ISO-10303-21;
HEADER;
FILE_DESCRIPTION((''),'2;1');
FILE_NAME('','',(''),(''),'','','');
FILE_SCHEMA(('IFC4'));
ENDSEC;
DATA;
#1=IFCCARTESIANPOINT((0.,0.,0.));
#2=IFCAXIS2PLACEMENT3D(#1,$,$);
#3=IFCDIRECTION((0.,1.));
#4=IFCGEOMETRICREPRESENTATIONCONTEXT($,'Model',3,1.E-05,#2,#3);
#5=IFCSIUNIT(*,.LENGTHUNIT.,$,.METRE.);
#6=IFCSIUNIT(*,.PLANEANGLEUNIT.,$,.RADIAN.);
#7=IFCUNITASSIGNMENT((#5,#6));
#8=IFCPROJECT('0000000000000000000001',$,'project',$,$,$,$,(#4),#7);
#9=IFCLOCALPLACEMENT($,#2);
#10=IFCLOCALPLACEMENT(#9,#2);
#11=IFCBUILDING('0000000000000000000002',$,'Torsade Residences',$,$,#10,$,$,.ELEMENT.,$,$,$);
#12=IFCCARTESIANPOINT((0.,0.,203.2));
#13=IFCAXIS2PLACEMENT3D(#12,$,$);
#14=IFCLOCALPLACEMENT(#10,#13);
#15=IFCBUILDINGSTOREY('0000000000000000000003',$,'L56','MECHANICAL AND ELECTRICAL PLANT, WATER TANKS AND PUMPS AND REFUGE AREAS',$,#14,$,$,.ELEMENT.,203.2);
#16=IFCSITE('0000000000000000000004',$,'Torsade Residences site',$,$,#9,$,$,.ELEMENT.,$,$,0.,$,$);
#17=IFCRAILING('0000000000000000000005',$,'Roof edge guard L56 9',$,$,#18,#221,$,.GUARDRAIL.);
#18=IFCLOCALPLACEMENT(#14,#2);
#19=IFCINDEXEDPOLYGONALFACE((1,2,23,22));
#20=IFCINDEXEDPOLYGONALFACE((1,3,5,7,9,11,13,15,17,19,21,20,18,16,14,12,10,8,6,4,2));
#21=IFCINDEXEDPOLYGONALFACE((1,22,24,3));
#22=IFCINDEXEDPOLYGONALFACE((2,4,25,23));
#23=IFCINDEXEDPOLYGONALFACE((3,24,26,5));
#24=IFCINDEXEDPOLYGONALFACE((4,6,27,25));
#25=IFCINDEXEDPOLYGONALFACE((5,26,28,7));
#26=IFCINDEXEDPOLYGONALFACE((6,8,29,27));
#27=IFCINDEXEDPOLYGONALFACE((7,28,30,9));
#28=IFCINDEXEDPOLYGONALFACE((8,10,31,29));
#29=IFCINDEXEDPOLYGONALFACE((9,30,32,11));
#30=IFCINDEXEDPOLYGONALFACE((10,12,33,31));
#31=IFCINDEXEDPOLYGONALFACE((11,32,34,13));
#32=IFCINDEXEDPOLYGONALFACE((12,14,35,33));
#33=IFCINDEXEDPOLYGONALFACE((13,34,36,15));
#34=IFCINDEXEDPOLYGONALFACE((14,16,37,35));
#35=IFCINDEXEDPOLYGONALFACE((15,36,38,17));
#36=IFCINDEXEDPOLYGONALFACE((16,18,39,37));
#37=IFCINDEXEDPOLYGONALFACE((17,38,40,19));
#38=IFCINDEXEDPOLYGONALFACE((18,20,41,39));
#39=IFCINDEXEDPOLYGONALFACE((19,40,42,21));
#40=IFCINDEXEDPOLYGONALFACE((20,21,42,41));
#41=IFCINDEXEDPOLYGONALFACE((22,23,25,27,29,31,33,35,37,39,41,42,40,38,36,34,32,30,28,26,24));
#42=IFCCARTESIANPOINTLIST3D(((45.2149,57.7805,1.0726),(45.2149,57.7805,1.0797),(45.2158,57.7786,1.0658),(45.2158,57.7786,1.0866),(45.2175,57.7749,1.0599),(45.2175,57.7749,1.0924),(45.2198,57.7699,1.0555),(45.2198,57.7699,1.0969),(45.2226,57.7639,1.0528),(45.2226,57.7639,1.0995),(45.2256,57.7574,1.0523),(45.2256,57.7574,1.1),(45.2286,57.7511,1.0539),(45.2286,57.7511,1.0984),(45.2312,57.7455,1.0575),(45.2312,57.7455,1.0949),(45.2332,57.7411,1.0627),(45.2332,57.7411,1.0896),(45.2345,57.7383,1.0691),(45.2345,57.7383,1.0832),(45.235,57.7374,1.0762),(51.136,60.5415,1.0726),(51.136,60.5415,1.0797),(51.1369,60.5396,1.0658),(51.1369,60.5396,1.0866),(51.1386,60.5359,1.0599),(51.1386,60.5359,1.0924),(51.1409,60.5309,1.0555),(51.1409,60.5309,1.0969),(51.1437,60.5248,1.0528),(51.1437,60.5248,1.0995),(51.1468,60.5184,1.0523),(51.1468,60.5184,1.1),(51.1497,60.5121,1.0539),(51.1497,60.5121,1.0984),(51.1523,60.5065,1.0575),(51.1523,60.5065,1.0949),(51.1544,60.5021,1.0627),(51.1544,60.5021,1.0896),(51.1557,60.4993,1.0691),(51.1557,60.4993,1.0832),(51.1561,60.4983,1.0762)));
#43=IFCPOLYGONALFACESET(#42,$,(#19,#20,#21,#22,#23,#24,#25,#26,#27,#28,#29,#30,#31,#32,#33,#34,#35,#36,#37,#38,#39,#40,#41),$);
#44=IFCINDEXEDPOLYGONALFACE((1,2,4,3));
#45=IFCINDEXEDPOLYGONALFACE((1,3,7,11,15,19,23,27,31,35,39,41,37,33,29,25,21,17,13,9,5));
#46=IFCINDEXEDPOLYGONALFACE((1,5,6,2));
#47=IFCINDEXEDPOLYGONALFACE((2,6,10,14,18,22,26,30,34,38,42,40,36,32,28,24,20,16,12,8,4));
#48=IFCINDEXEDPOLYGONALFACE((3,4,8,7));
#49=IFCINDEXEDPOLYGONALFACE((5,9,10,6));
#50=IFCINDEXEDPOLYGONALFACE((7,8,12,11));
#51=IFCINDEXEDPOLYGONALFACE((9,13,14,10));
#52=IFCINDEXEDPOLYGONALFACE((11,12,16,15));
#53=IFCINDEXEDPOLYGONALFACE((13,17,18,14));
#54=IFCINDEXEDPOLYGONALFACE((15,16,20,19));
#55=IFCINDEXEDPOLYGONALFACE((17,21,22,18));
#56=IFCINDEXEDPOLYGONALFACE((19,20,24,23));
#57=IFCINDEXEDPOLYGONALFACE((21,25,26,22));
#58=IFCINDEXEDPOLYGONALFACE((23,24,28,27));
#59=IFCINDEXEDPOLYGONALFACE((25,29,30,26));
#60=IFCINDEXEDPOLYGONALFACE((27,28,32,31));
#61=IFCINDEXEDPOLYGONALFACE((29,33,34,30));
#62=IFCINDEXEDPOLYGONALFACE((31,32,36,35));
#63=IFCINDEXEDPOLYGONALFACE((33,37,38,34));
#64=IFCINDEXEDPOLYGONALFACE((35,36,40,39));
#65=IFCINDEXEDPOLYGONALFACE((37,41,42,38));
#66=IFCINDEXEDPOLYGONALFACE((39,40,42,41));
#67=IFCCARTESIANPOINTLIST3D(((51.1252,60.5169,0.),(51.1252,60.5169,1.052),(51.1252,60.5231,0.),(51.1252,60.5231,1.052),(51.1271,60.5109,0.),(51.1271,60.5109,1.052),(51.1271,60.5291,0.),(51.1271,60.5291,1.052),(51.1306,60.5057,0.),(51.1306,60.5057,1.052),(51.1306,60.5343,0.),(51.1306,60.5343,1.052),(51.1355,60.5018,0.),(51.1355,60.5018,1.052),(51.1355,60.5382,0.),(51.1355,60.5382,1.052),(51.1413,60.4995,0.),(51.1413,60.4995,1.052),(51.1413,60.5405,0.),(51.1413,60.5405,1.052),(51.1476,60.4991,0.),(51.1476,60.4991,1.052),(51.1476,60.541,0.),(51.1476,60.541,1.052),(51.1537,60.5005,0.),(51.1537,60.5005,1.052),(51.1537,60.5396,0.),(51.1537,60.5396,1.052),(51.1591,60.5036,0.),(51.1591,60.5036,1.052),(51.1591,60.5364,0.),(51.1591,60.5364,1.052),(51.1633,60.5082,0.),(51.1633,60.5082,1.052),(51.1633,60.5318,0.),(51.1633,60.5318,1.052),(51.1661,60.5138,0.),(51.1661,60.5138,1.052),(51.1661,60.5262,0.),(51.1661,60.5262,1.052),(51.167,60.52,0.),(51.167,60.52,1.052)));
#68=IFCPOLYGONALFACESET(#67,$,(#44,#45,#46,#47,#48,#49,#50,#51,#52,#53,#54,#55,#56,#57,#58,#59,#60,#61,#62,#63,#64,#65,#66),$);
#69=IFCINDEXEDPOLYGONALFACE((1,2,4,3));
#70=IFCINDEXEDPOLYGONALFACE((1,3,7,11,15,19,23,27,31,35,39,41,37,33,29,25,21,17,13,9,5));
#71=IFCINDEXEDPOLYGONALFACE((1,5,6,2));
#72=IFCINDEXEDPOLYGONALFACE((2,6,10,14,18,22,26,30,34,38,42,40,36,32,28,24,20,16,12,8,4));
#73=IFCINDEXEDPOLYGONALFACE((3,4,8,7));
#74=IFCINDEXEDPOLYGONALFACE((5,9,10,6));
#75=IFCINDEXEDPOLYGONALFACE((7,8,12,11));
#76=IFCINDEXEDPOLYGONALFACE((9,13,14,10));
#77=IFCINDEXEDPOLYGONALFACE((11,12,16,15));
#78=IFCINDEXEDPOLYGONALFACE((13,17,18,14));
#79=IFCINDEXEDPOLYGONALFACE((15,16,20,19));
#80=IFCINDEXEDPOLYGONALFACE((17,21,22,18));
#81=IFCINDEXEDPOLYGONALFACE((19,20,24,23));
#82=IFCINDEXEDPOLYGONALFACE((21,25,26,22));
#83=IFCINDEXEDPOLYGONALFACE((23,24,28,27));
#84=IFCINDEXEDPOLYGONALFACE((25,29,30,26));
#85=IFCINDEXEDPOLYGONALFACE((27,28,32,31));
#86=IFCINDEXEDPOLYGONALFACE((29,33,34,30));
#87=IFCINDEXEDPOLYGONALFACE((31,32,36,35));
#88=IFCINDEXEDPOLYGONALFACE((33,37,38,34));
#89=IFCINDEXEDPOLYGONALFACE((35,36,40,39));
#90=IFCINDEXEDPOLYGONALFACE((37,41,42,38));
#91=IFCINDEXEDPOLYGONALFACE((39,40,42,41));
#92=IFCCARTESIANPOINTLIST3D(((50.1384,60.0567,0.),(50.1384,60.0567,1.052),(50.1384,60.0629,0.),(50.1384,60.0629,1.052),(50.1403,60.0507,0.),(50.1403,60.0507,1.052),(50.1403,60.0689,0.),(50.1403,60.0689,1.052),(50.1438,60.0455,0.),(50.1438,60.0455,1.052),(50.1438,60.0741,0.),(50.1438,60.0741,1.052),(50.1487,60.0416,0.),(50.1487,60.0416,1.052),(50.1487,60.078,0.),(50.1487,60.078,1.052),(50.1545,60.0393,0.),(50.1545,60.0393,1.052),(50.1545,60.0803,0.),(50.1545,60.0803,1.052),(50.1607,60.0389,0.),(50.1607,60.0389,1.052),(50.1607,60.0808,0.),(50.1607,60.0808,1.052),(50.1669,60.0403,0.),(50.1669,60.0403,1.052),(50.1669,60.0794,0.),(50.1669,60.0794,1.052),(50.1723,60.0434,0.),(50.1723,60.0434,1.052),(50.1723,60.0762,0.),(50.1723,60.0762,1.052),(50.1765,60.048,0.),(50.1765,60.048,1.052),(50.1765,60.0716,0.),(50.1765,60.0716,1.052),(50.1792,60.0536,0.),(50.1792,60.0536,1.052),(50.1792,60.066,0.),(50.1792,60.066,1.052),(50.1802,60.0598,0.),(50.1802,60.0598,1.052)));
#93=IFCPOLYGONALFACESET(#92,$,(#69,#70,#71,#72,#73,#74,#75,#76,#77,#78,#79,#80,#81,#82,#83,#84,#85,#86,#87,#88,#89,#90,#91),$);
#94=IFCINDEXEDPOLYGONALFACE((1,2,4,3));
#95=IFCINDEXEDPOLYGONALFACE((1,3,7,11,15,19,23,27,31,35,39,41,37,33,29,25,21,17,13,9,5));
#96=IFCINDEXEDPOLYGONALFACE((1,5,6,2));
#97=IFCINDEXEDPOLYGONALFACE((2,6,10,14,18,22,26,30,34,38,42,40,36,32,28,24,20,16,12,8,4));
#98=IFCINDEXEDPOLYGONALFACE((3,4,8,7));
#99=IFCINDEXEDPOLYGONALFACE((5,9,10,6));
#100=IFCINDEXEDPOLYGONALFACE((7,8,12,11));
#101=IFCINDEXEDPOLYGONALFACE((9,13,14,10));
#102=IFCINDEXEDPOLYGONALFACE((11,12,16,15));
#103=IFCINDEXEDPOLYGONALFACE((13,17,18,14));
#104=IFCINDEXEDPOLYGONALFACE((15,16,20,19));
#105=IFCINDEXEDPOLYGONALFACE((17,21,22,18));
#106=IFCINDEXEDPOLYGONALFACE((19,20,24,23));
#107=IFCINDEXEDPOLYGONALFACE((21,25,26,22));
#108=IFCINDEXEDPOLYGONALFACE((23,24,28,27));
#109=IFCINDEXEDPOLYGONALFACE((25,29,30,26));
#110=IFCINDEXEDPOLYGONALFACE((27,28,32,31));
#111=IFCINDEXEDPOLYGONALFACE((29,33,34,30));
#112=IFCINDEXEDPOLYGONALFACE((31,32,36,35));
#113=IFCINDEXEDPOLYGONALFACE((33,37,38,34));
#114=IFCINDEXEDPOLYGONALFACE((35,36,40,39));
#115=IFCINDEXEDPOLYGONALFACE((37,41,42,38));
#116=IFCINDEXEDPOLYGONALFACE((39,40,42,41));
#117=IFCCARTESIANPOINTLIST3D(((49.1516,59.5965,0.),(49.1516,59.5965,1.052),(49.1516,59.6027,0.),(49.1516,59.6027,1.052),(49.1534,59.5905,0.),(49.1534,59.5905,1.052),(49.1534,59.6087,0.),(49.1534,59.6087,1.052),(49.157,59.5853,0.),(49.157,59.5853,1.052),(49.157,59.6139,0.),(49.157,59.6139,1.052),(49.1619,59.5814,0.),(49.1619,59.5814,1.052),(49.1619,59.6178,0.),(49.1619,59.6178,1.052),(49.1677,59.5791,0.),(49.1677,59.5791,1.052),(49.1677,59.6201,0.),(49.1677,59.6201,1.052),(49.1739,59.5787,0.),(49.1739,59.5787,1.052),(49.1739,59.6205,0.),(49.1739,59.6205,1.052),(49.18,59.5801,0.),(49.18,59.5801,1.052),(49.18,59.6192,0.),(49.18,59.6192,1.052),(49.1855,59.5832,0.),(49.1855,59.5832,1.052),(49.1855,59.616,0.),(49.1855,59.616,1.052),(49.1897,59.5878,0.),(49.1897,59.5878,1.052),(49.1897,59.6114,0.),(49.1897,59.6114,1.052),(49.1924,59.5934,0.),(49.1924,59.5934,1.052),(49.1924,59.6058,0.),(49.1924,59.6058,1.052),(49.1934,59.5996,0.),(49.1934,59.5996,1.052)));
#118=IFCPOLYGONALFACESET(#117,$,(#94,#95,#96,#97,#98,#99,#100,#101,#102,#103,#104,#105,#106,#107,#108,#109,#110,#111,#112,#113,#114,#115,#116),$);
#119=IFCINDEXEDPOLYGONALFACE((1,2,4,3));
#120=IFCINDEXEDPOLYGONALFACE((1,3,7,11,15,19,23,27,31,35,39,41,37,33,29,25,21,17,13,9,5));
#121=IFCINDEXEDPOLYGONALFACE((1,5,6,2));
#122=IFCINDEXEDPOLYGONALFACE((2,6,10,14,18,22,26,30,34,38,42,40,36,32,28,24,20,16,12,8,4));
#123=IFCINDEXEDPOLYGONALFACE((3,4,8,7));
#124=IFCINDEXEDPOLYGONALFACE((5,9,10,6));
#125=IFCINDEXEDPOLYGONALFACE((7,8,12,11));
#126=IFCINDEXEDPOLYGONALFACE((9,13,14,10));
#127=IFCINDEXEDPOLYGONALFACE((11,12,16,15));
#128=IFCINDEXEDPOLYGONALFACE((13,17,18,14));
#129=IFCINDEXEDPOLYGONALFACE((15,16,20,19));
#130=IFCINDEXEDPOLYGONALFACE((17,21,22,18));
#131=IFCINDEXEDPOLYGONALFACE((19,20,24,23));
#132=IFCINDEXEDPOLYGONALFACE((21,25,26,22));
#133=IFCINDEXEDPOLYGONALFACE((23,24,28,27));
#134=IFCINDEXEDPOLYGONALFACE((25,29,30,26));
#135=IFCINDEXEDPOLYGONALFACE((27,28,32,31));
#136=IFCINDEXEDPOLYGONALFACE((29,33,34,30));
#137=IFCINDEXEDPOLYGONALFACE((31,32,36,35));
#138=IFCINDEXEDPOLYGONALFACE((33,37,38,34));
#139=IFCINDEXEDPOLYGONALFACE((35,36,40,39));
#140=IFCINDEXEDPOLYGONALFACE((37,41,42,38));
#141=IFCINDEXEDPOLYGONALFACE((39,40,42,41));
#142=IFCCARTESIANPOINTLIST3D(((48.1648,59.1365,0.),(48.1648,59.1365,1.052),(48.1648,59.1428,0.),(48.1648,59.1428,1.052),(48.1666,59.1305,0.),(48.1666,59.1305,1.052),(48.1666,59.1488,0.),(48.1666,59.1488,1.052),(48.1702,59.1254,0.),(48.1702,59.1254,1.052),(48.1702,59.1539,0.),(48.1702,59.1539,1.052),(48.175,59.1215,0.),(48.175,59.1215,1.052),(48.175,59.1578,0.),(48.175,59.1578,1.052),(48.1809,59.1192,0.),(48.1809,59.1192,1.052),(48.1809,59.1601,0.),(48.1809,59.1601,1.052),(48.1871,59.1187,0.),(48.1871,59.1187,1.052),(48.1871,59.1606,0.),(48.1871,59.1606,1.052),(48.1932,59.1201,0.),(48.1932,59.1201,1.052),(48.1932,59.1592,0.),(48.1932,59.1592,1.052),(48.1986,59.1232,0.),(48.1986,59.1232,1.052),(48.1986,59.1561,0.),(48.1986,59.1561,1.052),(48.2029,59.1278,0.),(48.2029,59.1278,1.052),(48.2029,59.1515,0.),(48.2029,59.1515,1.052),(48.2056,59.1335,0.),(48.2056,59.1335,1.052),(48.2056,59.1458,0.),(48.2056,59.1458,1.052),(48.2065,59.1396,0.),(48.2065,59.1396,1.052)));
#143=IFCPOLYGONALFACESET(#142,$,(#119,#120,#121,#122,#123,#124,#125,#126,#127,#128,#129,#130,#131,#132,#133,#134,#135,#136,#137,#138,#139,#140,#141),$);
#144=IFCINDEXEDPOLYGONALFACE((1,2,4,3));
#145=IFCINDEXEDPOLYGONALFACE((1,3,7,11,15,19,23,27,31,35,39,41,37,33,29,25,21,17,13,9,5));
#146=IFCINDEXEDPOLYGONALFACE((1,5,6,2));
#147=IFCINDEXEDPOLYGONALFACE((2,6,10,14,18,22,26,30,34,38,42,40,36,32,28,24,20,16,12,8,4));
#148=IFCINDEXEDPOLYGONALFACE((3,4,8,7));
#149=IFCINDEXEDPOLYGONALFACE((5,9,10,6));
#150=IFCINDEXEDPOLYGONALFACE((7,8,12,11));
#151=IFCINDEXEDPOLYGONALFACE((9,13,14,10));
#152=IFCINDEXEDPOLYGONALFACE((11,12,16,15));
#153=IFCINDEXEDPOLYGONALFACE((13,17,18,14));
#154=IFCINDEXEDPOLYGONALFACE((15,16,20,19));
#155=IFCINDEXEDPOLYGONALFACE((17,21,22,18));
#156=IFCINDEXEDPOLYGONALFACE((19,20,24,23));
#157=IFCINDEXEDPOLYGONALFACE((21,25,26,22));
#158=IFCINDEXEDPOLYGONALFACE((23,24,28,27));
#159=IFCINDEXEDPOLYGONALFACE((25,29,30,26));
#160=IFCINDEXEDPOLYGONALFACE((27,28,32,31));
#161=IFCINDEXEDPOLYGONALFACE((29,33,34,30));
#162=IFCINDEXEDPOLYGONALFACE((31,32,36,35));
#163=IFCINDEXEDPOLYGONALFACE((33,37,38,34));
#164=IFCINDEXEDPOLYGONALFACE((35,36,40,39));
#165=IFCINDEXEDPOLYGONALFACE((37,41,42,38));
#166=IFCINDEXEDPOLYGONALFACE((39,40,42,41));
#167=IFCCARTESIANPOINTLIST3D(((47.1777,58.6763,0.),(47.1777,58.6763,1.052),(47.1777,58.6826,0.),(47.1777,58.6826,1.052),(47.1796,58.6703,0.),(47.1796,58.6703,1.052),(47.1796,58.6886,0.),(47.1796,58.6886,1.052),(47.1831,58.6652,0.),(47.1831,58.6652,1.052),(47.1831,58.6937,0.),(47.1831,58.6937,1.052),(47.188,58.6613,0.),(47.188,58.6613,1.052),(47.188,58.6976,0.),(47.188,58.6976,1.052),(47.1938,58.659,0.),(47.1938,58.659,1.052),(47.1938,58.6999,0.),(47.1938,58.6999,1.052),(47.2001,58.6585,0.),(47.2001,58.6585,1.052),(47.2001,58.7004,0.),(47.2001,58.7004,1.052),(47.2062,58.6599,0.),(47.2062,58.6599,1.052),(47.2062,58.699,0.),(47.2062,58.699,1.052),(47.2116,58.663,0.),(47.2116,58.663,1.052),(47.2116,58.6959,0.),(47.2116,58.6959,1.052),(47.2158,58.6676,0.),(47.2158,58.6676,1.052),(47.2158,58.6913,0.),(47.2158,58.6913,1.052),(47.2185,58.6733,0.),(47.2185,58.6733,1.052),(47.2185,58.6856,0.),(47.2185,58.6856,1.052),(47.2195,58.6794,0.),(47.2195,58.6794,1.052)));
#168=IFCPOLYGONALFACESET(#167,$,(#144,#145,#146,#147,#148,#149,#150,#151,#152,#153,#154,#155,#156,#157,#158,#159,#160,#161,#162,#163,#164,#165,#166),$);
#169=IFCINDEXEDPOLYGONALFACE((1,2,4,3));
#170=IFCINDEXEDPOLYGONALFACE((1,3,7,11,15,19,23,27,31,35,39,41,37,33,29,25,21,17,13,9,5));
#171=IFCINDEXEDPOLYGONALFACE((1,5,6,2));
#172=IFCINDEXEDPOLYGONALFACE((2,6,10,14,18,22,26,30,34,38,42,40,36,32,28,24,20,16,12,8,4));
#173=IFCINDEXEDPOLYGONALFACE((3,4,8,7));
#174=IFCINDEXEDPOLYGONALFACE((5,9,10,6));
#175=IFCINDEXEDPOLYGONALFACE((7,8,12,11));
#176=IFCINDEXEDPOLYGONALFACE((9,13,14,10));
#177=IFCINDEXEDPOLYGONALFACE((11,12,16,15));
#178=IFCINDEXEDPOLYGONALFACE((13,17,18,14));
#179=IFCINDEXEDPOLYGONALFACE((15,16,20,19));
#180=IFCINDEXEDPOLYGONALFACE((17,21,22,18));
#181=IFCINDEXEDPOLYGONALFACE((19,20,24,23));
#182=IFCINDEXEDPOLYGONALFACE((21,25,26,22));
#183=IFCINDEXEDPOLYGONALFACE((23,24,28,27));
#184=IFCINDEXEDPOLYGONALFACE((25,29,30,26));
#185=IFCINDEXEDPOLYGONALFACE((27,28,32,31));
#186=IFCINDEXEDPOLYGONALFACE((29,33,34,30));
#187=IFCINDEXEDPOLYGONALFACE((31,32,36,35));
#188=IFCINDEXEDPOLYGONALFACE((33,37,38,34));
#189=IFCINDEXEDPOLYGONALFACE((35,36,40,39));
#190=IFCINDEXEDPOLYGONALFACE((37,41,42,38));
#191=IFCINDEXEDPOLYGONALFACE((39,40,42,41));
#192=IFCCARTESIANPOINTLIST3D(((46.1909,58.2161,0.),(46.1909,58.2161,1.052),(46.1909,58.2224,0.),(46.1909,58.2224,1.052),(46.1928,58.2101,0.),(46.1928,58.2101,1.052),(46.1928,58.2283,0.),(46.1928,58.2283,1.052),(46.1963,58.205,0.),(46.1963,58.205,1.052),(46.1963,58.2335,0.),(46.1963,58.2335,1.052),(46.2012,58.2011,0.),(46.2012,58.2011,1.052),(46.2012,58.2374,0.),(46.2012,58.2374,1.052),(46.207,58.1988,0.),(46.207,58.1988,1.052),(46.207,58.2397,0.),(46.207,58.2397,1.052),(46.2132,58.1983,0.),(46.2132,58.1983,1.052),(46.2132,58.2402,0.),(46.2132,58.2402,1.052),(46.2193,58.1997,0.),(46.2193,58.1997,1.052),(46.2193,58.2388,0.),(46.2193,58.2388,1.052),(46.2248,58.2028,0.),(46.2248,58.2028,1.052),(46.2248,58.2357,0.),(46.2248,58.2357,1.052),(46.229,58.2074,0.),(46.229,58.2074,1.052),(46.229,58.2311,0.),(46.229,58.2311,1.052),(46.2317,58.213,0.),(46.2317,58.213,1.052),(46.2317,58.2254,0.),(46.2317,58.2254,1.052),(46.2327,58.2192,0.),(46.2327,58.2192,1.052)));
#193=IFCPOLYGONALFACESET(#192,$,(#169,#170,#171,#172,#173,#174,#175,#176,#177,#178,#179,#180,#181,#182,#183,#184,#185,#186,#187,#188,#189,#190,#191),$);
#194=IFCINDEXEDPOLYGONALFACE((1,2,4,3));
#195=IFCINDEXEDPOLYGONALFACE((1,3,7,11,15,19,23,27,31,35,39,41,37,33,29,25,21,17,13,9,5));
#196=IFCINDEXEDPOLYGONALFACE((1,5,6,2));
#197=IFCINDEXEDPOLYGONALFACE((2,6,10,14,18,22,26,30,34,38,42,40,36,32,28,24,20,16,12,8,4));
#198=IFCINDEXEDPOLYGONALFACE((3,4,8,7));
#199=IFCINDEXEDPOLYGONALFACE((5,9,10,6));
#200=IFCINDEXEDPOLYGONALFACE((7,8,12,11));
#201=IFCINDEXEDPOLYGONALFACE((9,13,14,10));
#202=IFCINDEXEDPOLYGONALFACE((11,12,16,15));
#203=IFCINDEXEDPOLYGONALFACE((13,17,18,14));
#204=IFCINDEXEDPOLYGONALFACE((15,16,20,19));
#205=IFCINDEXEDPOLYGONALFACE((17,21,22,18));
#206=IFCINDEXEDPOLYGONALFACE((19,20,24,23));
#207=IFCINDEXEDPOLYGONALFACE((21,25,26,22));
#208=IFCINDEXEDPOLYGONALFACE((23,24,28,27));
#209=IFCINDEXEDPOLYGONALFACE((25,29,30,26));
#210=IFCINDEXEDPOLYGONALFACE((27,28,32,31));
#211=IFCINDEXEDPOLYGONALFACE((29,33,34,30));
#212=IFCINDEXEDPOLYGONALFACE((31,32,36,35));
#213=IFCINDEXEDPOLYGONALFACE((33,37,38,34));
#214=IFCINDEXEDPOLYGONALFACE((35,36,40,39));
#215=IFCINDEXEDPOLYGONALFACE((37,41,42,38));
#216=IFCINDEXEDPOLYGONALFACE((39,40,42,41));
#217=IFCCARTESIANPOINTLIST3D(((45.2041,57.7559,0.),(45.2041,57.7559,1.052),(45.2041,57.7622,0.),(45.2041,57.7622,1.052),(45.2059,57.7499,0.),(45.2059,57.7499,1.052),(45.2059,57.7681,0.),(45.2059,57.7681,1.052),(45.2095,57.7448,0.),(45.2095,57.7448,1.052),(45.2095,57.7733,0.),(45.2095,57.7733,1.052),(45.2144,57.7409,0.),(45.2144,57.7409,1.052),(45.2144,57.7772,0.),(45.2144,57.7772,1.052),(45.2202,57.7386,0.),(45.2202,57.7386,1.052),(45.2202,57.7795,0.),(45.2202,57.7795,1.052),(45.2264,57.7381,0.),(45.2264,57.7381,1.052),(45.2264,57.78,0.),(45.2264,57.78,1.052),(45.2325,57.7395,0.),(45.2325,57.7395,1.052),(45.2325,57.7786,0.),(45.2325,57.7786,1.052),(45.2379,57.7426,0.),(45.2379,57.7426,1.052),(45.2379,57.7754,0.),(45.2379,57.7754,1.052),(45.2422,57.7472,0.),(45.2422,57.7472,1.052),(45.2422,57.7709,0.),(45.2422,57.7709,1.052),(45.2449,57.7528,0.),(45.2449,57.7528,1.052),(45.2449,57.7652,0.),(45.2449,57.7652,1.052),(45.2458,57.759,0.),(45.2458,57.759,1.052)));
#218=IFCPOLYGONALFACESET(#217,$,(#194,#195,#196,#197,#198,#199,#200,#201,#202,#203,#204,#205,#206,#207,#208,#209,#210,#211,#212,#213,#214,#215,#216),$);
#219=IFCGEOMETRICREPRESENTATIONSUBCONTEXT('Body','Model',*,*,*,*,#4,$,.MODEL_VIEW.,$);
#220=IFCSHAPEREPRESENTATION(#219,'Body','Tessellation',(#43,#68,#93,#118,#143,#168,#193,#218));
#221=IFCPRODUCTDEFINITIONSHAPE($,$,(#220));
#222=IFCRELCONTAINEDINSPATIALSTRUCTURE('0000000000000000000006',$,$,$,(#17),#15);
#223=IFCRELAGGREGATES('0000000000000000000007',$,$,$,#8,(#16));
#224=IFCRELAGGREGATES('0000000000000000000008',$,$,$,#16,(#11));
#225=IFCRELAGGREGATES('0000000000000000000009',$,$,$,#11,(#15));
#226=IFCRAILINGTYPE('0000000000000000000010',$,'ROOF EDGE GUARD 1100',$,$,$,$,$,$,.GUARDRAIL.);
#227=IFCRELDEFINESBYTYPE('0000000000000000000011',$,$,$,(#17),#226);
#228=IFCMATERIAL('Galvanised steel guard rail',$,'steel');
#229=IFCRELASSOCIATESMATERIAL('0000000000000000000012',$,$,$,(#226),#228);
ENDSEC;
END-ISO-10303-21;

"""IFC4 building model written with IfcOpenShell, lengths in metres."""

from ifc_helpers import new_model, si_unit, direction, frame, origin, origin_2d, place, context, subcontext, project, spatial, circle, extrude, material, type_object, element, save


model = new_model("IFC4")

# Units and contexts
model_context = context("Model", 3, precision=1e-05, world=origin(), true_north=direction((0.0, 1.0)))
body_context = subcontext(model_context, "Body", "Model", "MODEL_VIEW")
ifc_project = project(units=[si_unit("LENGTHUNIT", "METRE"), si_unit("PLANEANGLEUNIT", "RADIAN")], contexts=[model_context])

# Site, building, storey
site_placement = place(None, origin())
site = spatial("IfcSite", under=ifc_project, at=site_placement, Name="Torsade Residences site", CompositionType="ELEMENT", RefElevation=0.0)
building_placement = place(site_placement, origin())
building = spatial("IfcBuilding", under=site, at=building_placement, Name="Torsade Residences", CompositionType="ELEMENT")
storey_placement = place(building_placement, frame((0.0, 0.0, 203.2)))
storey = spatial("IfcBuildingStorey", under=building, at=storey_placement, Name="L56", Description="MECHANICAL AND ELECTRICAL PLANT, WATER TANKS AND PUMPS AND REFUGE AREAS", CompositionType="ELEMENT", Elevation=203.2)

# Railing
ifc_material_1 = material(Name="Galvanised steel guard rail", Category="steel")
railing_type = type_object("IfcRailingType", Name="ROOF EDGE GUARD 1100", PredefinedType="GUARDRAIL", material=ifc_material_1)
railing_1_placement = place(storey_placement, frame((51.146, 60.52, 0.0)))
element("IfcRailing", 1, at=railing_1_placement, inside=storey, type_object=railing_type, Name="Roof edge guard L56 9", PredefinedType="GUARDRAIL", context=body_context, shape_type="SweptSolid", body=[
    extrude(circle(Radius=0.0239, at=origin_2d()), frame((0.0, 0.0, 1.0762), z_axis=(-0.906313, -0.422607, 0.0), x_axis=(0.422607, -0.906313, 0.0)), (0.0, 0.0, 1.0), 6.5332),
    extrude(circle(Radius=0.021, at=origin_2d()), origin(), (0.0, 0.0, 1.0), 1.052),
    extrude(circle(Radius=0.021, at=origin_2d()), frame((-0.9868, -0.4602, 0.0)), (0.0, 0.0, 1.0), 1.052),
    extrude(circle(Radius=0.021, at=origin_2d()), frame((-1.9736, -0.9204, 0.0)), (0.0, 0.0, 1.0), 1.052),
    extrude(circle(Radius=0.021, at=origin_2d()), frame((-2.9604, -1.3804, 0.0)), (0.0, 0.0, 1.0), 1.052),
    extrude(circle(Radius=0.021, at=origin_2d()), frame((-3.9475, -1.8406, 0.0)), (0.0, 0.0, 1.0), 1.052),
    extrude(circle(Radius=0.021, at=origin_2d()), frame((-4.9343, -2.3008, 0.0)), (0.0, 0.0, 1.0), 1.052),
    extrude(circle(Radius=0.021, at=origin_2d()), frame((-5.9211, -2.761, 0.0)), (0.0, 0.0, 1.0), 1.052),
])

save(model, "model.ifc")
